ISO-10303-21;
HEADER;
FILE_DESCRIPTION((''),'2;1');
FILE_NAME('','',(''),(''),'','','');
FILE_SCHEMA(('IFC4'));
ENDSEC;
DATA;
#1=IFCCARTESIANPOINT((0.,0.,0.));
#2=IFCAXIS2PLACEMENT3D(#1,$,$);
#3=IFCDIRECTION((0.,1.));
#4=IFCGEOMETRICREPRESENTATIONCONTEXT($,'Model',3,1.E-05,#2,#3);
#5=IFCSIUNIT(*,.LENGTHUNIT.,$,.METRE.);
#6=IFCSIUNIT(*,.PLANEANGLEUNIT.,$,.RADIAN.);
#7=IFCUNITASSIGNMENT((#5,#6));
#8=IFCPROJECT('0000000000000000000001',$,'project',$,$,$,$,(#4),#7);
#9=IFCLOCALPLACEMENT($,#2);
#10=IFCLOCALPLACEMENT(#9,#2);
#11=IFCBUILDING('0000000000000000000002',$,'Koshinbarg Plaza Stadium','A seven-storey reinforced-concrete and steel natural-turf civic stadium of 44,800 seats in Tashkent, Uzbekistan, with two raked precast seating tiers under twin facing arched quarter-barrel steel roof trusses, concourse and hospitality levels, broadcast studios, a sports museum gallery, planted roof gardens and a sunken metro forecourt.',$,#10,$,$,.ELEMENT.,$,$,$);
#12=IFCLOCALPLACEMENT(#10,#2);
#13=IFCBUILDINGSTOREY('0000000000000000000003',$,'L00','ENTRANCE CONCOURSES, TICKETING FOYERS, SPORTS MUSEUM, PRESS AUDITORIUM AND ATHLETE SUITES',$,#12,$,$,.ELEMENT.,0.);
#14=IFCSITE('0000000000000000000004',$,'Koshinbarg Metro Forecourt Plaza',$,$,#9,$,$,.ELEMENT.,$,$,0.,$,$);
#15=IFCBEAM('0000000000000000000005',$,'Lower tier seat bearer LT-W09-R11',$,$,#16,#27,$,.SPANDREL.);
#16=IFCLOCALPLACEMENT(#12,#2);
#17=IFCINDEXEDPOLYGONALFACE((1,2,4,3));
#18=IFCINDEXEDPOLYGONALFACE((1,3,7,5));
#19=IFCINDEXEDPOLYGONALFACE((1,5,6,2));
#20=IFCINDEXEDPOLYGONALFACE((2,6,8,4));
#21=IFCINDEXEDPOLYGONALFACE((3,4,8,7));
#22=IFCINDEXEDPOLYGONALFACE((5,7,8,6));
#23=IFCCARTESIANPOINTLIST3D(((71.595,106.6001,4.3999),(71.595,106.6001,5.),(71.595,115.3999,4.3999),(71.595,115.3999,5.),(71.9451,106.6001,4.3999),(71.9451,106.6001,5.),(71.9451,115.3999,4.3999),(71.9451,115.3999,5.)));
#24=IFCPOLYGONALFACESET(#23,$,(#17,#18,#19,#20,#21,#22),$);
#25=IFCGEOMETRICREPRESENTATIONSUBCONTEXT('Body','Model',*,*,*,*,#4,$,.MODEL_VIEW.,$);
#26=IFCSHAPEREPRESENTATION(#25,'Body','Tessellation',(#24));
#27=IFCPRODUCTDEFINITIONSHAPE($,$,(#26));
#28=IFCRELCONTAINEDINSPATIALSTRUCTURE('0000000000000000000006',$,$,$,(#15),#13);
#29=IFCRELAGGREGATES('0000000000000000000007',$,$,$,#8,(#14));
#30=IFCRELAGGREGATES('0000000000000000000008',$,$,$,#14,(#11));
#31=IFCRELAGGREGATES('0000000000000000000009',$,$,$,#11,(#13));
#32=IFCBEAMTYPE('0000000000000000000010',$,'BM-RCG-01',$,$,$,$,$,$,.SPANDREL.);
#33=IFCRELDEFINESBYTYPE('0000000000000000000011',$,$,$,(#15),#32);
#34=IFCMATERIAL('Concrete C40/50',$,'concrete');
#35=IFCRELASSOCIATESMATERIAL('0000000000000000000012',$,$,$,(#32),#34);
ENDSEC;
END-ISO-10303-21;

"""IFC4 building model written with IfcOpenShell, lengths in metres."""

from ifc_helpers import new_model, si_unit, direction, frame, origin, origin_2d, place, context, subcontext, project, spatial, rectangle, extrude, material, material_profile, profile_set, type_object, element, save


model = new_model("IFC4")

# Units and contexts
model_context = context("Model", 3, precision=1e-05, world=origin(), true_north=direction((0.0, 1.0)))
body_context = subcontext(model_context, "Body", "Model", "MODEL_VIEW")
ifc_project = project(units=[si_unit("LENGTHUNIT", "METRE"), si_unit("PLANEANGLEUNIT", "RADIAN")], contexts=[model_context])

# Site, building, storey
site_placement = place(None, origin())
site = spatial("IfcSite", under=ifc_project, at=site_placement, Name="Koshinbarg Metro Forecourt Plaza", CompositionType="ELEMENT", RefElevation=0.0)
building_placement = place(site_placement, origin())
building = spatial("IfcBuilding", under=site, at=building_placement, Name="Koshinbarg Plaza Stadium", Description="A seven-storey reinforced-concrete and steel natural-turf civic stadium of 44,800 seats in Tashkent, Uzbekistan, with two raked precast seating tiers under twin facing arched quarter-barrel steel roof trusses, concourse and hospitality levels, broadcast studios, a sports museum gallery, planted roof gardens and a sunken metro forecourt.", CompositionType="ELEMENT")
storey_placement = place(building_placement, origin())
storey = spatial("IfcBuildingStorey", under=building, at=storey_placement, Name="L00", Description="ENTRANCE CONCOURSES, TICKETING FOYERS, SPORTS MUSEUM, PRESS AUDITORIUM AND ATHLETE SUITES", CompositionType="ELEMENT", Elevation=0.0)

# Shared definitions
ifc_material_1 = material(Name="Concrete C40/50", Category="concrete")

# Beam
ifc_material_profile_1 = material_profile(ifc_material_1, rectangle(XDim=0.3501, YDim=0.6001, at=origin_2d()), Name="RC 350x600")
ifc_profile_set_1 = profile_set([ifc_material_profile_1], Name="Concrete C40/50")
beam_type = type_object("IfcBeamType", Name="BM-RCG-01", PredefinedType="SPANDREL", material=ifc_profile_set_1)
for number, where, z_axis, x_axis, name in (
    (1, (71.77, 106.6001, 4.7), (0.0, 1.0, 0.0), (-1.0, 0.0, 0.0), "Lower tier seat bearer LT-W09-R11"),
):
    element("IfcBeam", number, at=place(storey_placement, frame(where, z_axis=z_axis, x_axis=x_axis)), inside=storey, type_object=beam_type, Name=name, PredefinedType="SPANDREL", context=body_context, shape_type="SweptSolid", body=[
        extrude(rectangle(XDim=0.3501, YDim=0.6001, at=origin_2d()), origin(), (0.0, 0.0, 1.0), 8.7998),
    ])

save(model, "model.ifc")
